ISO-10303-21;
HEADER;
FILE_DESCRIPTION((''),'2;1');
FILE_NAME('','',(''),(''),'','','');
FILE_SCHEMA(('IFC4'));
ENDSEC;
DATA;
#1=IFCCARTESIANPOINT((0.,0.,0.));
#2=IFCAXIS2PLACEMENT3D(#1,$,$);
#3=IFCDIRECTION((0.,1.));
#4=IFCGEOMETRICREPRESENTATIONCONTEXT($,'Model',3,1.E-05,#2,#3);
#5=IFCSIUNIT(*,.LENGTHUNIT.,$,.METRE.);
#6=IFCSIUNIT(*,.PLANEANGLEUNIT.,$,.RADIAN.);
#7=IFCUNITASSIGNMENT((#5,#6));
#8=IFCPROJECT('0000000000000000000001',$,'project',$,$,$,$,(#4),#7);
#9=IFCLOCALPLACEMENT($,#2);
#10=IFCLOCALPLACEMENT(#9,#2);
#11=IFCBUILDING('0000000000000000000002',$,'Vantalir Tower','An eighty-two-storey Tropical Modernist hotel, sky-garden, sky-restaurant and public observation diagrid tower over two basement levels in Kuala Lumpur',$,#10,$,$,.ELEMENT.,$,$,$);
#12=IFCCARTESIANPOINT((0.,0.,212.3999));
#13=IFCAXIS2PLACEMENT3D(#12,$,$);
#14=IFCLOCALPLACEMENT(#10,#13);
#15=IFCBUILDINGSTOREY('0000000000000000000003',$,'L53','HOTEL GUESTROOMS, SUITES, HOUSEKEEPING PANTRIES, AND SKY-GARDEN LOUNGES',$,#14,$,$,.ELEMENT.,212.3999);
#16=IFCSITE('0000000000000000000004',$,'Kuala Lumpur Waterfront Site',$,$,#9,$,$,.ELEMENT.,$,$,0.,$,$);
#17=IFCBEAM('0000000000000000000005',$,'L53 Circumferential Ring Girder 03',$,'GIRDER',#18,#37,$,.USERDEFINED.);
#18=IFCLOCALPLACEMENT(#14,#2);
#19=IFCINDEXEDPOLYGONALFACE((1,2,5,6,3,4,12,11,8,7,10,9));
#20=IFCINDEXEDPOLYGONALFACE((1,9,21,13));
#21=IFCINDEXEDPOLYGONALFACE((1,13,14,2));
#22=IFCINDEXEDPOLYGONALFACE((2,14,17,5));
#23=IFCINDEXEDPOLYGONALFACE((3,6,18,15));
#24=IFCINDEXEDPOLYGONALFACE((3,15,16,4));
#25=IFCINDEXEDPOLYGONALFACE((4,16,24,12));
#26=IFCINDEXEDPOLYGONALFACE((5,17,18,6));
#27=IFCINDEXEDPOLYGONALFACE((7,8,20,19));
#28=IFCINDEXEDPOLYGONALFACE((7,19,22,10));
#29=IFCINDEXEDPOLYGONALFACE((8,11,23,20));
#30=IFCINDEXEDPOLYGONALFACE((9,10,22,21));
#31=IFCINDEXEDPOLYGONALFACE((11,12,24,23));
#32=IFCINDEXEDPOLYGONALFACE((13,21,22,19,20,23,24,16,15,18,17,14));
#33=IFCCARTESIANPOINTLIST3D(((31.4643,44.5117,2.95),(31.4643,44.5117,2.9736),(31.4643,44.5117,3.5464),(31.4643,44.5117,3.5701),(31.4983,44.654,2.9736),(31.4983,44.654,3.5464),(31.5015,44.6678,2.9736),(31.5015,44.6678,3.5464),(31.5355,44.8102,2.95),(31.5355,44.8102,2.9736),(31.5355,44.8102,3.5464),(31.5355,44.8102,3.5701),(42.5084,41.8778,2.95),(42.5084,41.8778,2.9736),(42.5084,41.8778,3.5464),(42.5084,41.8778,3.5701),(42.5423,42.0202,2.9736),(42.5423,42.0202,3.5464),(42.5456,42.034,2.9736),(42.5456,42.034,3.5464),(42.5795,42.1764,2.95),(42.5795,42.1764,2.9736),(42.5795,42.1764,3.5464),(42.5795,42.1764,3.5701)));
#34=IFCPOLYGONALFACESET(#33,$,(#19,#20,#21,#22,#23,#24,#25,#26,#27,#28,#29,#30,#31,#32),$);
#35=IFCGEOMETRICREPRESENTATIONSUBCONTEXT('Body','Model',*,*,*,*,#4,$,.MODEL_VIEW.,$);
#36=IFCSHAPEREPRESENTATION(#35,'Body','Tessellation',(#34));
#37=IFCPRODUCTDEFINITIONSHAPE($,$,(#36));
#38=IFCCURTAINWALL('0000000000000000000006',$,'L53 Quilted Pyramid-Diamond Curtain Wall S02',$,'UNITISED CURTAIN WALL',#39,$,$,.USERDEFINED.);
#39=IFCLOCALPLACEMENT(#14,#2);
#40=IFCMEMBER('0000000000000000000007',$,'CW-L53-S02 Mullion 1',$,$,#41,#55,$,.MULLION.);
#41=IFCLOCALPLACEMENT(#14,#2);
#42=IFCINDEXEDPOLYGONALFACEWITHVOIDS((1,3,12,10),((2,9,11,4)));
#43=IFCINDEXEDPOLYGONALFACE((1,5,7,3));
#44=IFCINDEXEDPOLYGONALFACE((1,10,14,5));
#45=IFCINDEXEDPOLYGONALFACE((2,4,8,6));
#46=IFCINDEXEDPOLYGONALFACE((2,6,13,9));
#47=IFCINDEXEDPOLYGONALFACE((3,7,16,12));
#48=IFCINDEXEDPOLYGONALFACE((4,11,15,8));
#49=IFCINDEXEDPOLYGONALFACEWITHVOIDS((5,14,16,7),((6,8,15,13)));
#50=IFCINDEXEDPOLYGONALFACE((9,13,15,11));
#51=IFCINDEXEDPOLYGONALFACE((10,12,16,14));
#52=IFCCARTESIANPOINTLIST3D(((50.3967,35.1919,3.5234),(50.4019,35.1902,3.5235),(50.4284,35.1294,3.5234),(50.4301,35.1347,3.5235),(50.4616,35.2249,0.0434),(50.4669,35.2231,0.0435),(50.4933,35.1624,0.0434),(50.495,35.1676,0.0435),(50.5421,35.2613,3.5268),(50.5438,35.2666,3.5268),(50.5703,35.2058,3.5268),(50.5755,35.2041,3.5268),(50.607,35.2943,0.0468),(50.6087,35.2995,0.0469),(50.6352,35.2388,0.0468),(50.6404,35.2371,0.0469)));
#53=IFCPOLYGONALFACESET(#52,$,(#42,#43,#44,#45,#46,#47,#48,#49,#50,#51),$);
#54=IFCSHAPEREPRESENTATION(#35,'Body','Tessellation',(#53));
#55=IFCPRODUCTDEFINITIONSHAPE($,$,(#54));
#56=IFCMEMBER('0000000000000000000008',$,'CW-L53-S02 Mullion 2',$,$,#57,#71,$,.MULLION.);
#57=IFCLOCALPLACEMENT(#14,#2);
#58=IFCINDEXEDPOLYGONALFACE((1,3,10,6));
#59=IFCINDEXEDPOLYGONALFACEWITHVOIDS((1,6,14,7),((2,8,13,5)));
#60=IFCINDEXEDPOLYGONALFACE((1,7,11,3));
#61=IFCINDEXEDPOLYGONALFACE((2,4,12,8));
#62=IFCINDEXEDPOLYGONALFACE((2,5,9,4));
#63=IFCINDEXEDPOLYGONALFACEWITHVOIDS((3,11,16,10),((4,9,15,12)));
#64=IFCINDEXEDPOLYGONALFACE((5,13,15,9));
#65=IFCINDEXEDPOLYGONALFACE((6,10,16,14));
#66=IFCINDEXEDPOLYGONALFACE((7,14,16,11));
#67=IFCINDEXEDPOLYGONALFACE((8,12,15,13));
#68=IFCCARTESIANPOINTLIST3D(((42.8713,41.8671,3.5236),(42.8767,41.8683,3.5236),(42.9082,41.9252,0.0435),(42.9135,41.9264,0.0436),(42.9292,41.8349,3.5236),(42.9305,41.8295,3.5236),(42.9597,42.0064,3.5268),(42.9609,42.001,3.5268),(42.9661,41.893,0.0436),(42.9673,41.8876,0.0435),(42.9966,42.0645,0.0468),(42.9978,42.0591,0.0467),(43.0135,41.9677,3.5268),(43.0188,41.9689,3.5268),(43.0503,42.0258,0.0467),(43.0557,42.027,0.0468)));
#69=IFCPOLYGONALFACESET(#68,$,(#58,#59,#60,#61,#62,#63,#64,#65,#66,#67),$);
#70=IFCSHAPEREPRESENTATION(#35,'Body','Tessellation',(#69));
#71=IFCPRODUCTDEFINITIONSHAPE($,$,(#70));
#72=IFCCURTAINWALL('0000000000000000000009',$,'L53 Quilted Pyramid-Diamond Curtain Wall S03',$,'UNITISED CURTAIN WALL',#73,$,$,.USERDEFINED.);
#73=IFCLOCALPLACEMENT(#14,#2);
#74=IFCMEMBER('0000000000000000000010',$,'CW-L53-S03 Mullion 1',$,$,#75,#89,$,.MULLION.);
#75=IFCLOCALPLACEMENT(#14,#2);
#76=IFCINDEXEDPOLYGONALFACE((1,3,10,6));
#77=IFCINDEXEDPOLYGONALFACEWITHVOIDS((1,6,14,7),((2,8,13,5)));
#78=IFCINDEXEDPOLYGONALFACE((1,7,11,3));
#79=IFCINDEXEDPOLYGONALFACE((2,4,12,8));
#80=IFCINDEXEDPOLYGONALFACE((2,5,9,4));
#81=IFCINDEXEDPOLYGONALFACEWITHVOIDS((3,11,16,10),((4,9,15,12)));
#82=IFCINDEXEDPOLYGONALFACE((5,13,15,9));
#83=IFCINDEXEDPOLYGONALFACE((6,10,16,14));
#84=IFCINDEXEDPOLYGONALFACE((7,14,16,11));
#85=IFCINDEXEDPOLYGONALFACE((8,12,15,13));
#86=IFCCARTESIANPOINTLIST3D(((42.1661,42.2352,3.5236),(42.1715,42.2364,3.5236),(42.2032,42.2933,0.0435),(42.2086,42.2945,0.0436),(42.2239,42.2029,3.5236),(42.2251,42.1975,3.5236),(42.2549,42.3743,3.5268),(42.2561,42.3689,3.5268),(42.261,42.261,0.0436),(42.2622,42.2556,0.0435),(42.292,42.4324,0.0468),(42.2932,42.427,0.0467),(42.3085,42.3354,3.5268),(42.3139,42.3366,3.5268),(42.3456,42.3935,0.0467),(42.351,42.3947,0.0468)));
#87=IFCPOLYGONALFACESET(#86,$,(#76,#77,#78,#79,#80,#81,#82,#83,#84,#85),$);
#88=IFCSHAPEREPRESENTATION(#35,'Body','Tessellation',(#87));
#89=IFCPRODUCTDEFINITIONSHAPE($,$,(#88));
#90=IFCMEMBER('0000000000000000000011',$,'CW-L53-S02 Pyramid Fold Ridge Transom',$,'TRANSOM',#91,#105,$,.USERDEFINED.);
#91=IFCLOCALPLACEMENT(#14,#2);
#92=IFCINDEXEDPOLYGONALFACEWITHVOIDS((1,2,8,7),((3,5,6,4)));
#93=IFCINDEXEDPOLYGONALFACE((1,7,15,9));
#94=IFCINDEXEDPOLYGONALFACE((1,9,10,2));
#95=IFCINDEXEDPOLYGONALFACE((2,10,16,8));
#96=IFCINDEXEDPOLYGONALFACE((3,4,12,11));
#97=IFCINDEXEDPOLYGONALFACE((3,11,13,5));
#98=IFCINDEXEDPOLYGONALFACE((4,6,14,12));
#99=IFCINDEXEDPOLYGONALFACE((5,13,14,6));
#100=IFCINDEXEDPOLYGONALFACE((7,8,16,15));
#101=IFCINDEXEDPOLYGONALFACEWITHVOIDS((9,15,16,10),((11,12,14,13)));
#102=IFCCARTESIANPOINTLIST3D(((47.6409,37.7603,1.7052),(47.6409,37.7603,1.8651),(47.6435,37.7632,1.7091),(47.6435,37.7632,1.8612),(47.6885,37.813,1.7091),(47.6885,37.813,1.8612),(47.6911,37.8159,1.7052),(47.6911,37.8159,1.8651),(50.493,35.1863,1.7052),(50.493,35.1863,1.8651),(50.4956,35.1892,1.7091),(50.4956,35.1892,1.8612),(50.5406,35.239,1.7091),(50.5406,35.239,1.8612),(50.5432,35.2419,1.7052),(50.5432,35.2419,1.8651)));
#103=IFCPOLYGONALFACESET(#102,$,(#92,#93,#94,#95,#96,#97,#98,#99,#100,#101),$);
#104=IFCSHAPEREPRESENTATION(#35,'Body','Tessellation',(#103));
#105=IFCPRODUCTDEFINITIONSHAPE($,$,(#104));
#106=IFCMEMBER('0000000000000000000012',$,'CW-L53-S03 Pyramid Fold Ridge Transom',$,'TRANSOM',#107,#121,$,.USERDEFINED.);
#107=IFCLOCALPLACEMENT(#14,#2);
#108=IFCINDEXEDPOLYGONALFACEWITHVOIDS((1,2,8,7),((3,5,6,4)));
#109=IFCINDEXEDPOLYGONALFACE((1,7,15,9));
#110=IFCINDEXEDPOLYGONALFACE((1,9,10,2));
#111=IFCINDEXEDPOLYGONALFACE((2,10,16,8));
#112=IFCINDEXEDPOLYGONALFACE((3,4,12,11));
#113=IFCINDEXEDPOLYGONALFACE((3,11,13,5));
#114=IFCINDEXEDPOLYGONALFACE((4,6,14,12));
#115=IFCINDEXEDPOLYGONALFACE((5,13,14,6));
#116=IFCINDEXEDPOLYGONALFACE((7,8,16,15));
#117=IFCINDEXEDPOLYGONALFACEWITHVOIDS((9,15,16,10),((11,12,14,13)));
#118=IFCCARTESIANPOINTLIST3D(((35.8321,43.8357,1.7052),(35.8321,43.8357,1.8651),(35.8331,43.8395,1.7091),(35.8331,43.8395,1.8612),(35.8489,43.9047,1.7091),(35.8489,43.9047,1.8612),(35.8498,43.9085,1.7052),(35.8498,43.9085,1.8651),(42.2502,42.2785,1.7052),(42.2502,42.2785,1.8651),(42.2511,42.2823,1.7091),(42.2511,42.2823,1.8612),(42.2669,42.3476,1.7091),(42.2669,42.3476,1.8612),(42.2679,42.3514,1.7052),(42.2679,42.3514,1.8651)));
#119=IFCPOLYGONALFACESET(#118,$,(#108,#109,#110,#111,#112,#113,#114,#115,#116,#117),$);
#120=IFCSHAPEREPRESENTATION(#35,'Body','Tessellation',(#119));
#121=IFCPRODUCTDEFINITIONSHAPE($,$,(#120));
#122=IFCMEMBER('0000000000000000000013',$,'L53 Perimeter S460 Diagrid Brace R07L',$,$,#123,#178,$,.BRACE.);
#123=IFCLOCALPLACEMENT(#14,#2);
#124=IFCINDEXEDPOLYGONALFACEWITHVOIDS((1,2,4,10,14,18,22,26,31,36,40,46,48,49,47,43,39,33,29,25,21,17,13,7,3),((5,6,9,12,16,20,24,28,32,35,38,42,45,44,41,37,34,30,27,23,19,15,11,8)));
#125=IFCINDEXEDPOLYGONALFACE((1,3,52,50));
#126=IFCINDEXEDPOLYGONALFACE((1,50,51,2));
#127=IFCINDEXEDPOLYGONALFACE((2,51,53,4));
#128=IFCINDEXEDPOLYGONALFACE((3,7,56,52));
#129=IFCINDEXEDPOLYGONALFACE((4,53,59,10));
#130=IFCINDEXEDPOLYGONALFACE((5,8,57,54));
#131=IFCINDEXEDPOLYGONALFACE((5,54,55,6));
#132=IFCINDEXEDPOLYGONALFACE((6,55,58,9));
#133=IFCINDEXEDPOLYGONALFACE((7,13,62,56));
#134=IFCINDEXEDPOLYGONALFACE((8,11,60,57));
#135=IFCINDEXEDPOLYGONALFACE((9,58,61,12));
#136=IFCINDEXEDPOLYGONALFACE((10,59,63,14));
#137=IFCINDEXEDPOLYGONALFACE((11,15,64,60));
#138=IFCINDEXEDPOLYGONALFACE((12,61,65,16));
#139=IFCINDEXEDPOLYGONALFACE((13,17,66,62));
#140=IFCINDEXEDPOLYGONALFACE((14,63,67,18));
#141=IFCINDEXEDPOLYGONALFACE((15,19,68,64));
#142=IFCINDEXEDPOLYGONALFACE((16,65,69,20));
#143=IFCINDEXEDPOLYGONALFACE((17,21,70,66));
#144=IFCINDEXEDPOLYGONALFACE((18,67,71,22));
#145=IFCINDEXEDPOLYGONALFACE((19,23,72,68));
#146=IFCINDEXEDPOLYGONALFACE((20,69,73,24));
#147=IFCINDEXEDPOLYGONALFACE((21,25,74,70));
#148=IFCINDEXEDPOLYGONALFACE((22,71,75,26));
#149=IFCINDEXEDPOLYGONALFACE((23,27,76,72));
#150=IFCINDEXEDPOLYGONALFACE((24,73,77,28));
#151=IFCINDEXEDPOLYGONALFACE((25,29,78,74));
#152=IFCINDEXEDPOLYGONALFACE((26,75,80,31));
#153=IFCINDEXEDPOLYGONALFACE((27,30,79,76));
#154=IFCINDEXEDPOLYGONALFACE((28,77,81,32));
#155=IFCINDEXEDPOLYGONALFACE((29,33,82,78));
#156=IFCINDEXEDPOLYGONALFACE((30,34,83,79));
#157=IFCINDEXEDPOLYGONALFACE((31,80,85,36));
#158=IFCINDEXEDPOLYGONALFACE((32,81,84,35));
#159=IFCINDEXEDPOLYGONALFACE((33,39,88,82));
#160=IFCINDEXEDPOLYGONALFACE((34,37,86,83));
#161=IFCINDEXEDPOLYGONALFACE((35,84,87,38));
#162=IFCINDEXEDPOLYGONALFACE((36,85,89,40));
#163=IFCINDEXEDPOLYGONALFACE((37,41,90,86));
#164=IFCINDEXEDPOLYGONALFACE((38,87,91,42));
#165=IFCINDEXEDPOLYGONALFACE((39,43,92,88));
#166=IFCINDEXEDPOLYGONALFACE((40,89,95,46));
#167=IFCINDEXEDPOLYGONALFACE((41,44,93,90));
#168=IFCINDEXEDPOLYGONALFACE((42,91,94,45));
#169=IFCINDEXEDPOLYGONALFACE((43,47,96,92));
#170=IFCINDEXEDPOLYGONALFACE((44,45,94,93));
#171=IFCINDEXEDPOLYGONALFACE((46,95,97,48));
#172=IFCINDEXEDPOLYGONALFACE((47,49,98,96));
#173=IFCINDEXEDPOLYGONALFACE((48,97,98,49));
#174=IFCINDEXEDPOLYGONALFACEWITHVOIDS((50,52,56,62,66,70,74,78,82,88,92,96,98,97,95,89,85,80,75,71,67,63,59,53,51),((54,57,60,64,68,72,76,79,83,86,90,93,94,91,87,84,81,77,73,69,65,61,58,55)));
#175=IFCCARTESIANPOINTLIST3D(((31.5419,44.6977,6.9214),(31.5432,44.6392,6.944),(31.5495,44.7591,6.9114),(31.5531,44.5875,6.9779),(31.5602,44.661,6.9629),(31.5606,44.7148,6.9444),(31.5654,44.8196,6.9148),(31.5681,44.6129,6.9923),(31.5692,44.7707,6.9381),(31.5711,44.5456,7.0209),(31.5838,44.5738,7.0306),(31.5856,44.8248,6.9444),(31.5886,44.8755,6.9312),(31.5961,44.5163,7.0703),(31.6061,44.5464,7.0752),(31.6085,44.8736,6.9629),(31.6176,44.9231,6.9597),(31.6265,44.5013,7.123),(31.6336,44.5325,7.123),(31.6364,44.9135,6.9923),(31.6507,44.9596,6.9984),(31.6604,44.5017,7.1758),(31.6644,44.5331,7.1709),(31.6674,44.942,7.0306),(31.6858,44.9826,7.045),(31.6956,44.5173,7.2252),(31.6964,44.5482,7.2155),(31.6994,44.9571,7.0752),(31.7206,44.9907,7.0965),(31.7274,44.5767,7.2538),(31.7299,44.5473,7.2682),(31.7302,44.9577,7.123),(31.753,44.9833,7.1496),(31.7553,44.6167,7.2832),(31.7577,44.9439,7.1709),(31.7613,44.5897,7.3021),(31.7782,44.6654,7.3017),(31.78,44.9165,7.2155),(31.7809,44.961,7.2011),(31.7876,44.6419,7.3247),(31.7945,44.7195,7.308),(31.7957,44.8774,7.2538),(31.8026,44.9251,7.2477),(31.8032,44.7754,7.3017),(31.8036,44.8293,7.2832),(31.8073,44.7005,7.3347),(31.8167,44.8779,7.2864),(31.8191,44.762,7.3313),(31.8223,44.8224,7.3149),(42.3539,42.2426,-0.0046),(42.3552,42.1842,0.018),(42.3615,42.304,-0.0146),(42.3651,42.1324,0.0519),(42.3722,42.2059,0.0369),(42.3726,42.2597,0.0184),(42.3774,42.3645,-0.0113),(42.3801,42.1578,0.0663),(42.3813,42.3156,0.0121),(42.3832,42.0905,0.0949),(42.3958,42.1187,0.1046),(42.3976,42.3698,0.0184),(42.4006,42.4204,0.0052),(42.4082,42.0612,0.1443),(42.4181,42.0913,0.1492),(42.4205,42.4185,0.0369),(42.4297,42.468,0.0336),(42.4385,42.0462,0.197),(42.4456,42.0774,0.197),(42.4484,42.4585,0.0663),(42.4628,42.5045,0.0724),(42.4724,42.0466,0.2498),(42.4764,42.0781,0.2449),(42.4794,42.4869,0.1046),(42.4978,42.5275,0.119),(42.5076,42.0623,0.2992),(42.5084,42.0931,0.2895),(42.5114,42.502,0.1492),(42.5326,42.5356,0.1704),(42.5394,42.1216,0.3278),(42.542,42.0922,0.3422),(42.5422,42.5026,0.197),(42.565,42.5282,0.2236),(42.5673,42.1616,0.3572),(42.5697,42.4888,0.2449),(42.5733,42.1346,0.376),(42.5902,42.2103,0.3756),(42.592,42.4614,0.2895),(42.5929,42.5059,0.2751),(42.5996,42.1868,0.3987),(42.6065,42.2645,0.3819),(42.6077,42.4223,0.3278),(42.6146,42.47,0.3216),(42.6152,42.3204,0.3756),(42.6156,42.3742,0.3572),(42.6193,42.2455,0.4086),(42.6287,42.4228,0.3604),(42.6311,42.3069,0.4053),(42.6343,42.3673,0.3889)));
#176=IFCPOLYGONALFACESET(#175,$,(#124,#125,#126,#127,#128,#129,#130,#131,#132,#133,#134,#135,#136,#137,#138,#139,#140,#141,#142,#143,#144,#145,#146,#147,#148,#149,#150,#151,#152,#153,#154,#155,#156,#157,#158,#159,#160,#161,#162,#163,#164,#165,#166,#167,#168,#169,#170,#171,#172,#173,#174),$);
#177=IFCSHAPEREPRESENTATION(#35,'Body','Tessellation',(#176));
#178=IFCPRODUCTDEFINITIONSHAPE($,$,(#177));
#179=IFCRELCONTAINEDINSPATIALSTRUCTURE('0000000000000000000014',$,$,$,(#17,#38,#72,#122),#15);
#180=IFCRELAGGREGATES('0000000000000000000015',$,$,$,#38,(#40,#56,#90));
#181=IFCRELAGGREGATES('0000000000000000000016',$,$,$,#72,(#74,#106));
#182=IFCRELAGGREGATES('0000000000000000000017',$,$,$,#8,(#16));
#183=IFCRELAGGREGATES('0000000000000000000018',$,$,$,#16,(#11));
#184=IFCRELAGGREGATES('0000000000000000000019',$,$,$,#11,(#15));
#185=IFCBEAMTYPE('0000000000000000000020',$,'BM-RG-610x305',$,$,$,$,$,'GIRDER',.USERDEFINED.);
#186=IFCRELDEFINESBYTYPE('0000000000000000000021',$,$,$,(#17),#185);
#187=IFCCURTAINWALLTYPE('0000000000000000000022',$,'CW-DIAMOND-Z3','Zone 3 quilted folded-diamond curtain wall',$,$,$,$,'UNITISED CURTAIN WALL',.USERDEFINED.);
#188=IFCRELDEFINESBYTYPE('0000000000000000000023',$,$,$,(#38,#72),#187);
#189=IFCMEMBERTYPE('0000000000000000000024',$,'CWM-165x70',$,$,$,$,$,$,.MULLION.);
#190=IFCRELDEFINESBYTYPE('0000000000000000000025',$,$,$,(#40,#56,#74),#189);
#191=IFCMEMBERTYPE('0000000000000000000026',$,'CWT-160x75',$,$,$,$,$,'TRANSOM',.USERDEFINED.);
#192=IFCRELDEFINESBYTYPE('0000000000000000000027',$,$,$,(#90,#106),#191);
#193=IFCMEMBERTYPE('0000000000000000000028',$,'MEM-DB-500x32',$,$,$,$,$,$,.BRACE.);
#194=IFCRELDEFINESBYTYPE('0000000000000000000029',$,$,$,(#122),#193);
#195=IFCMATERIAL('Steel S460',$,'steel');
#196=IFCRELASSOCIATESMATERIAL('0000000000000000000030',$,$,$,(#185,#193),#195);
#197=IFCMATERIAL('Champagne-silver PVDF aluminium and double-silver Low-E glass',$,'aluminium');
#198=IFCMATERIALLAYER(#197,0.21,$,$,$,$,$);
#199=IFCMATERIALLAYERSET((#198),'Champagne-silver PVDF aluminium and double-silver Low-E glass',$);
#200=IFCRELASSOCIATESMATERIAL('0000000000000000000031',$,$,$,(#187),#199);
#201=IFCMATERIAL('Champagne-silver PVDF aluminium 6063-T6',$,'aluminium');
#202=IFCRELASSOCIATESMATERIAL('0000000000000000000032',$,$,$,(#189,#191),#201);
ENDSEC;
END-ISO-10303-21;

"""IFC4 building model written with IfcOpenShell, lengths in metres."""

from ifc_helpers import new_model, si_unit, direction, frame, origin, origin_2d, place, context, subcontext, project, spatial, hollow_rectangle, hollow_circle, i_section, extrude, material, layer, layer_set, material_profile, profile_set, type_object, element, aggregate, save


model = new_model("IFC4")

# Units and contexts
model_context = context("Model", 3, precision=1e-05, world=origin(), true_north=direction((0.0, 1.0)))
body_context = subcontext(model_context, "Body", "Model", "MODEL_VIEW")
ifc_project = project(units=[si_unit("LENGTHUNIT", "METRE"), si_unit("PLANEANGLEUNIT", "RADIAN")], contexts=[model_context])

# Site, building, storey
site_placement = place(None, origin())
site = spatial("IfcSite", under=ifc_project, at=site_placement, Name="Kuala Lumpur Waterfront Site", CompositionType="ELEMENT", RefElevation=0.0)
building_placement = place(site_placement, origin())
building = spatial("IfcBuilding", under=site, at=building_placement, Name="Vantalir Tower", Description="An eighty-two-storey Tropical Modernist hotel, sky-garden, sky-restaurant and public observation diagrid tower over two basement levels in Kuala Lumpur", CompositionType="ELEMENT")
storey_placement = place(building_placement, frame((0.0, 0.0, 212.3999)))
storey = spatial("IfcBuildingStorey", under=building, at=storey_placement, Name="L53", Description="HOTEL GUESTROOMS, SUITES, HOUSEKEEPING PANTRIES, AND SKY-GARDEN LOUNGES", CompositionType="ELEMENT", Elevation=212.3999)

# Shared definitions
ifc_material_1 = material(Name="Steel S460", Category="steel")

# Beam
ifc_material_profile_1 = material_profile(ifc_material_1, i_section(OverallWidth=0.3069, OverallDepth=0.6201, WebThickness=0.0142, FlangeThickness=0.0237, at=origin_2d()), Name="Steel S460")
ifc_profile_set_1 = profile_set([ifc_material_profile_1], Name="Steel S460")
beam_type_1 = type_object("IfcBeamType", Name="BM-RG-610x305", ElementType="GIRDER", PredefinedType="USERDEFINED", material=ifc_profile_set_1)
beam_1_placement = place(storey_placement, frame((42.5439, 42.0271, 3.26), z_axis=(-0.972721, 0.231977, 0.0), x_axis=(-0.231977, -0.972721, 0.0)))
element("IfcBeam", 1, at=beam_1_placement, inside=storey, type_object=beam_type_1, Name="L53 Circumferential Ring Girder 03", ObjectType="GIRDER", PredefinedType="USERDEFINED", context=body_context, shape_type="SweptSolid", body=[
    extrude(i_section(OverallWidth=0.3069, OverallDepth=0.6201, WebThickness=0.0142, FlangeThickness=0.0237, at=origin_2d()), origin(), (0.0, 0.0, 1.0), 11.3538),
])

# Curtain wall, members
ifc_material_2 = material(Name="Champagne-silver PVDF aluminium and double-silver Low-E glass", Category="aluminium")
ifc_layer_1 = layer(ifc_material_2, 0.21)
ifc_layer_set_1 = layer_set([ifc_layer_1], Name="Champagne-silver PVDF aluminium and double-silver Low-E glass")
curtain_wall_type = type_object("IfcCurtainWallType", Name="CW-DIAMOND-Z3", Description="Zone 3 quilted folded-diamond curtain wall", ElementType="UNITISED CURTAIN WALL", PredefinedType="USERDEFINED", material=ifc_layer_set_1)
curtain_wall_1_placement = place(storey_placement, origin())
curtain_wall_1 = element("IfcCurtainWall", 2, at=curtain_wall_1_placement, inside=storey, type_object=curtain_wall_type, Name="L53 Quilted Pyramid-Diamond Curtain Wall S02", ObjectType="UNITISED CURTAIN WALL", PredefinedType="USERDEFINED")
ifc_material_3 = material(Name="Champagne-silver PVDF aluminium 6063-T6", Category="aluminium")
ifc_material_profile_2 = material_profile(ifc_material_3, hollow_rectangle(XDim=0.0701, YDim=0.165, WallThickness=0.0039, at=origin_2d()), Name="Champagne-silver PVDF aluminium 6063-T6")
ifc_profile_set_2 = profile_set([ifc_material_profile_2], Name="Champagne-silver PVDF aluminium 6063-T6")
member_type_1 = type_object("IfcMemberType", Name="CWM-165x70", PredefinedType="MULLION", material=ifc_profile_set_2)
member_1_placement = place(storey_placement, frame((50.551, 35.231, 0.0452), z_axis=(-0.018657, -0.009469, 0.999781), x_axis=(0.452569, -0.891729, 0.0)))
member_1 = element("IfcMember", 3, at=member_1_placement, type_object=member_type_1, Name="CW-L53-S02 Mullion 1", PredefinedType="MULLION", context=body_context, shape_type="SweptSolid", body=[
    extrude(hollow_rectangle(XDim=0.0701, YDim=0.165, WallThickness=0.0039, at=origin_2d()), origin(), (0.0, 0.0, 1.0), 3.4807),
])
member_2_placement = place(storey_placement, frame((42.9819, 41.9761, 0.0452), z_axis=(-0.010591, -0.016694, 0.999805), x_axis=(0.844391, -0.535727, 0.0)))
member_2 = element("IfcMember", 4, at=member_2_placement, type_object=member_type_1, Name="CW-L53-S02 Mullion 2", PredefinedType="MULLION", context=body_context, shape_type="SweptSolid", body=[
    extrude(hollow_rectangle(XDim=0.0701, YDim=0.165, WallThickness=0.0039, at=origin_2d()), origin(), (0.0, 0.0, 1.0), 3.4807),
])

# Curtain wall, member
curtain_wall_2_placement = place(storey_placement, origin())
curtain_wall_2 = element("IfcCurtainWall", 5, at=curtain_wall_2_placement, inside=storey, type_object=curtain_wall_type, Name="L53 Quilted Pyramid-Diamond Curtain Wall S03", ObjectType="UNITISED CURTAIN WALL", PredefinedType="USERDEFINED")
member_3_placement = place(storey_placement, frame((42.2771, 42.344, 0.0452), z_axis=(-0.010662, -0.016694, 0.999804), x_axis=(0.842786, -0.53825, 0.0)))
member_3 = element("IfcMember", 6, at=member_3_placement, type_object=member_type_1, Name="CW-L53-S03 Mullion 1", PredefinedType="MULLION", context=body_context, shape_type="SweptSolid", body=[
    extrude(hollow_rectangle(XDim=0.0701, YDim=0.165, WallThickness=0.0039, at=origin_2d()), origin(), (0.0, 0.0, 1.0), 3.4807),
])

# Members
ifc_material_profile_3 = material_profile(ifc_material_3, hollow_rectangle(XDim=0.075, YDim=0.1599, WallThickness=0.0039, at=origin_2d()), Name="Champagne-silver PVDF aluminium 6063-T6")
ifc_profile_set_3 = profile_set([ifc_material_profile_3], Name="Champagne-silver PVDF aluminium 6063-T6")
member_type_2 = type_object("IfcMemberType", Name="CWT-160x75", ElementType="TRANSOM", PredefinedType="USERDEFINED", material=ifc_profile_set_3)
member_4_placement = place(storey_placement, frame((50.5181, 35.2141, 1.7852), z_axis=(-0.742371, 0.669989, 0.0), x_axis=(-0.669989, -0.742371, 0.0)))
member_4 = element("IfcMember", 7, at=member_4_placement, type_object=member_type_2, Name="CW-L53-S02 Pyramid Fold Ridge Transom", ObjectType="TRANSOM", PredefinedType="USERDEFINED", context=body_context, shape_type="SweptSolid", body=[
    extrude(hollow_rectangle(XDim=0.075, YDim=0.1599, WallThickness=0.0039, at=origin_2d()), origin(), (0.0, 0.0, 1.0), 3.8418),
])
member_5_placement = place(storey_placement, frame((42.259, 42.3149, 1.7852), z_axis=(-0.971806, 0.23578, 0.0), x_axis=(-0.23578, -0.971806, 0.0)))
member_5 = element("IfcMember", 8, at=member_5_placement, type_object=member_type_2, Name="CW-L53-S03 Pyramid Fold Ridge Transom", ObjectType="TRANSOM", PredefinedType="USERDEFINED", context=body_context, shape_type="SweptSolid", body=[
    extrude(hollow_rectangle(XDim=0.075, YDim=0.1599, WallThickness=0.0039, at=origin_2d()), origin(), (0.0, 0.0, 1.0), 6.6042),
])

# Member
ifc_material_profile_4 = material_profile(ifc_material_1, hollow_circle(Radius=0.25, WallThickness=0.032, at=origin_2d()), Name="Steel S460")
ifc_profile_set_4 = profile_set([ifc_material_profile_4], Name="Steel S460")
member_type_3 = type_object("IfcMemberType", Name="MEM-DB-500x32", PredefinedType="BRACE", material=ifc_profile_set_4)
member_6_placement = place(storey_placement, frame((42.4939, 42.29, 0.197), z_axis=(-0.827065, 0.187801, 0.529806), x_axis=(-0.221433, -0.975176, 0.0)))
element("IfcMember", 9, at=member_6_placement, inside=storey, type_object=member_type_3, Name="L53 Perimeter S460 Diagrid Brace R07L", PredefinedType="BRACE", context=body_context, shape_type="SweptSolid", body=[
    extrude(hollow_circle(Radius=0.25, WallThickness=0.032, at=origin_2d()), origin(), (0.0, 0.0, 1.0), 13.0728),
])

aggregate(curtain_wall_1, [member_1, member_2, member_4])
aggregate(curtain_wall_2, [member_3, member_5])

save(model, "model.ifc")
